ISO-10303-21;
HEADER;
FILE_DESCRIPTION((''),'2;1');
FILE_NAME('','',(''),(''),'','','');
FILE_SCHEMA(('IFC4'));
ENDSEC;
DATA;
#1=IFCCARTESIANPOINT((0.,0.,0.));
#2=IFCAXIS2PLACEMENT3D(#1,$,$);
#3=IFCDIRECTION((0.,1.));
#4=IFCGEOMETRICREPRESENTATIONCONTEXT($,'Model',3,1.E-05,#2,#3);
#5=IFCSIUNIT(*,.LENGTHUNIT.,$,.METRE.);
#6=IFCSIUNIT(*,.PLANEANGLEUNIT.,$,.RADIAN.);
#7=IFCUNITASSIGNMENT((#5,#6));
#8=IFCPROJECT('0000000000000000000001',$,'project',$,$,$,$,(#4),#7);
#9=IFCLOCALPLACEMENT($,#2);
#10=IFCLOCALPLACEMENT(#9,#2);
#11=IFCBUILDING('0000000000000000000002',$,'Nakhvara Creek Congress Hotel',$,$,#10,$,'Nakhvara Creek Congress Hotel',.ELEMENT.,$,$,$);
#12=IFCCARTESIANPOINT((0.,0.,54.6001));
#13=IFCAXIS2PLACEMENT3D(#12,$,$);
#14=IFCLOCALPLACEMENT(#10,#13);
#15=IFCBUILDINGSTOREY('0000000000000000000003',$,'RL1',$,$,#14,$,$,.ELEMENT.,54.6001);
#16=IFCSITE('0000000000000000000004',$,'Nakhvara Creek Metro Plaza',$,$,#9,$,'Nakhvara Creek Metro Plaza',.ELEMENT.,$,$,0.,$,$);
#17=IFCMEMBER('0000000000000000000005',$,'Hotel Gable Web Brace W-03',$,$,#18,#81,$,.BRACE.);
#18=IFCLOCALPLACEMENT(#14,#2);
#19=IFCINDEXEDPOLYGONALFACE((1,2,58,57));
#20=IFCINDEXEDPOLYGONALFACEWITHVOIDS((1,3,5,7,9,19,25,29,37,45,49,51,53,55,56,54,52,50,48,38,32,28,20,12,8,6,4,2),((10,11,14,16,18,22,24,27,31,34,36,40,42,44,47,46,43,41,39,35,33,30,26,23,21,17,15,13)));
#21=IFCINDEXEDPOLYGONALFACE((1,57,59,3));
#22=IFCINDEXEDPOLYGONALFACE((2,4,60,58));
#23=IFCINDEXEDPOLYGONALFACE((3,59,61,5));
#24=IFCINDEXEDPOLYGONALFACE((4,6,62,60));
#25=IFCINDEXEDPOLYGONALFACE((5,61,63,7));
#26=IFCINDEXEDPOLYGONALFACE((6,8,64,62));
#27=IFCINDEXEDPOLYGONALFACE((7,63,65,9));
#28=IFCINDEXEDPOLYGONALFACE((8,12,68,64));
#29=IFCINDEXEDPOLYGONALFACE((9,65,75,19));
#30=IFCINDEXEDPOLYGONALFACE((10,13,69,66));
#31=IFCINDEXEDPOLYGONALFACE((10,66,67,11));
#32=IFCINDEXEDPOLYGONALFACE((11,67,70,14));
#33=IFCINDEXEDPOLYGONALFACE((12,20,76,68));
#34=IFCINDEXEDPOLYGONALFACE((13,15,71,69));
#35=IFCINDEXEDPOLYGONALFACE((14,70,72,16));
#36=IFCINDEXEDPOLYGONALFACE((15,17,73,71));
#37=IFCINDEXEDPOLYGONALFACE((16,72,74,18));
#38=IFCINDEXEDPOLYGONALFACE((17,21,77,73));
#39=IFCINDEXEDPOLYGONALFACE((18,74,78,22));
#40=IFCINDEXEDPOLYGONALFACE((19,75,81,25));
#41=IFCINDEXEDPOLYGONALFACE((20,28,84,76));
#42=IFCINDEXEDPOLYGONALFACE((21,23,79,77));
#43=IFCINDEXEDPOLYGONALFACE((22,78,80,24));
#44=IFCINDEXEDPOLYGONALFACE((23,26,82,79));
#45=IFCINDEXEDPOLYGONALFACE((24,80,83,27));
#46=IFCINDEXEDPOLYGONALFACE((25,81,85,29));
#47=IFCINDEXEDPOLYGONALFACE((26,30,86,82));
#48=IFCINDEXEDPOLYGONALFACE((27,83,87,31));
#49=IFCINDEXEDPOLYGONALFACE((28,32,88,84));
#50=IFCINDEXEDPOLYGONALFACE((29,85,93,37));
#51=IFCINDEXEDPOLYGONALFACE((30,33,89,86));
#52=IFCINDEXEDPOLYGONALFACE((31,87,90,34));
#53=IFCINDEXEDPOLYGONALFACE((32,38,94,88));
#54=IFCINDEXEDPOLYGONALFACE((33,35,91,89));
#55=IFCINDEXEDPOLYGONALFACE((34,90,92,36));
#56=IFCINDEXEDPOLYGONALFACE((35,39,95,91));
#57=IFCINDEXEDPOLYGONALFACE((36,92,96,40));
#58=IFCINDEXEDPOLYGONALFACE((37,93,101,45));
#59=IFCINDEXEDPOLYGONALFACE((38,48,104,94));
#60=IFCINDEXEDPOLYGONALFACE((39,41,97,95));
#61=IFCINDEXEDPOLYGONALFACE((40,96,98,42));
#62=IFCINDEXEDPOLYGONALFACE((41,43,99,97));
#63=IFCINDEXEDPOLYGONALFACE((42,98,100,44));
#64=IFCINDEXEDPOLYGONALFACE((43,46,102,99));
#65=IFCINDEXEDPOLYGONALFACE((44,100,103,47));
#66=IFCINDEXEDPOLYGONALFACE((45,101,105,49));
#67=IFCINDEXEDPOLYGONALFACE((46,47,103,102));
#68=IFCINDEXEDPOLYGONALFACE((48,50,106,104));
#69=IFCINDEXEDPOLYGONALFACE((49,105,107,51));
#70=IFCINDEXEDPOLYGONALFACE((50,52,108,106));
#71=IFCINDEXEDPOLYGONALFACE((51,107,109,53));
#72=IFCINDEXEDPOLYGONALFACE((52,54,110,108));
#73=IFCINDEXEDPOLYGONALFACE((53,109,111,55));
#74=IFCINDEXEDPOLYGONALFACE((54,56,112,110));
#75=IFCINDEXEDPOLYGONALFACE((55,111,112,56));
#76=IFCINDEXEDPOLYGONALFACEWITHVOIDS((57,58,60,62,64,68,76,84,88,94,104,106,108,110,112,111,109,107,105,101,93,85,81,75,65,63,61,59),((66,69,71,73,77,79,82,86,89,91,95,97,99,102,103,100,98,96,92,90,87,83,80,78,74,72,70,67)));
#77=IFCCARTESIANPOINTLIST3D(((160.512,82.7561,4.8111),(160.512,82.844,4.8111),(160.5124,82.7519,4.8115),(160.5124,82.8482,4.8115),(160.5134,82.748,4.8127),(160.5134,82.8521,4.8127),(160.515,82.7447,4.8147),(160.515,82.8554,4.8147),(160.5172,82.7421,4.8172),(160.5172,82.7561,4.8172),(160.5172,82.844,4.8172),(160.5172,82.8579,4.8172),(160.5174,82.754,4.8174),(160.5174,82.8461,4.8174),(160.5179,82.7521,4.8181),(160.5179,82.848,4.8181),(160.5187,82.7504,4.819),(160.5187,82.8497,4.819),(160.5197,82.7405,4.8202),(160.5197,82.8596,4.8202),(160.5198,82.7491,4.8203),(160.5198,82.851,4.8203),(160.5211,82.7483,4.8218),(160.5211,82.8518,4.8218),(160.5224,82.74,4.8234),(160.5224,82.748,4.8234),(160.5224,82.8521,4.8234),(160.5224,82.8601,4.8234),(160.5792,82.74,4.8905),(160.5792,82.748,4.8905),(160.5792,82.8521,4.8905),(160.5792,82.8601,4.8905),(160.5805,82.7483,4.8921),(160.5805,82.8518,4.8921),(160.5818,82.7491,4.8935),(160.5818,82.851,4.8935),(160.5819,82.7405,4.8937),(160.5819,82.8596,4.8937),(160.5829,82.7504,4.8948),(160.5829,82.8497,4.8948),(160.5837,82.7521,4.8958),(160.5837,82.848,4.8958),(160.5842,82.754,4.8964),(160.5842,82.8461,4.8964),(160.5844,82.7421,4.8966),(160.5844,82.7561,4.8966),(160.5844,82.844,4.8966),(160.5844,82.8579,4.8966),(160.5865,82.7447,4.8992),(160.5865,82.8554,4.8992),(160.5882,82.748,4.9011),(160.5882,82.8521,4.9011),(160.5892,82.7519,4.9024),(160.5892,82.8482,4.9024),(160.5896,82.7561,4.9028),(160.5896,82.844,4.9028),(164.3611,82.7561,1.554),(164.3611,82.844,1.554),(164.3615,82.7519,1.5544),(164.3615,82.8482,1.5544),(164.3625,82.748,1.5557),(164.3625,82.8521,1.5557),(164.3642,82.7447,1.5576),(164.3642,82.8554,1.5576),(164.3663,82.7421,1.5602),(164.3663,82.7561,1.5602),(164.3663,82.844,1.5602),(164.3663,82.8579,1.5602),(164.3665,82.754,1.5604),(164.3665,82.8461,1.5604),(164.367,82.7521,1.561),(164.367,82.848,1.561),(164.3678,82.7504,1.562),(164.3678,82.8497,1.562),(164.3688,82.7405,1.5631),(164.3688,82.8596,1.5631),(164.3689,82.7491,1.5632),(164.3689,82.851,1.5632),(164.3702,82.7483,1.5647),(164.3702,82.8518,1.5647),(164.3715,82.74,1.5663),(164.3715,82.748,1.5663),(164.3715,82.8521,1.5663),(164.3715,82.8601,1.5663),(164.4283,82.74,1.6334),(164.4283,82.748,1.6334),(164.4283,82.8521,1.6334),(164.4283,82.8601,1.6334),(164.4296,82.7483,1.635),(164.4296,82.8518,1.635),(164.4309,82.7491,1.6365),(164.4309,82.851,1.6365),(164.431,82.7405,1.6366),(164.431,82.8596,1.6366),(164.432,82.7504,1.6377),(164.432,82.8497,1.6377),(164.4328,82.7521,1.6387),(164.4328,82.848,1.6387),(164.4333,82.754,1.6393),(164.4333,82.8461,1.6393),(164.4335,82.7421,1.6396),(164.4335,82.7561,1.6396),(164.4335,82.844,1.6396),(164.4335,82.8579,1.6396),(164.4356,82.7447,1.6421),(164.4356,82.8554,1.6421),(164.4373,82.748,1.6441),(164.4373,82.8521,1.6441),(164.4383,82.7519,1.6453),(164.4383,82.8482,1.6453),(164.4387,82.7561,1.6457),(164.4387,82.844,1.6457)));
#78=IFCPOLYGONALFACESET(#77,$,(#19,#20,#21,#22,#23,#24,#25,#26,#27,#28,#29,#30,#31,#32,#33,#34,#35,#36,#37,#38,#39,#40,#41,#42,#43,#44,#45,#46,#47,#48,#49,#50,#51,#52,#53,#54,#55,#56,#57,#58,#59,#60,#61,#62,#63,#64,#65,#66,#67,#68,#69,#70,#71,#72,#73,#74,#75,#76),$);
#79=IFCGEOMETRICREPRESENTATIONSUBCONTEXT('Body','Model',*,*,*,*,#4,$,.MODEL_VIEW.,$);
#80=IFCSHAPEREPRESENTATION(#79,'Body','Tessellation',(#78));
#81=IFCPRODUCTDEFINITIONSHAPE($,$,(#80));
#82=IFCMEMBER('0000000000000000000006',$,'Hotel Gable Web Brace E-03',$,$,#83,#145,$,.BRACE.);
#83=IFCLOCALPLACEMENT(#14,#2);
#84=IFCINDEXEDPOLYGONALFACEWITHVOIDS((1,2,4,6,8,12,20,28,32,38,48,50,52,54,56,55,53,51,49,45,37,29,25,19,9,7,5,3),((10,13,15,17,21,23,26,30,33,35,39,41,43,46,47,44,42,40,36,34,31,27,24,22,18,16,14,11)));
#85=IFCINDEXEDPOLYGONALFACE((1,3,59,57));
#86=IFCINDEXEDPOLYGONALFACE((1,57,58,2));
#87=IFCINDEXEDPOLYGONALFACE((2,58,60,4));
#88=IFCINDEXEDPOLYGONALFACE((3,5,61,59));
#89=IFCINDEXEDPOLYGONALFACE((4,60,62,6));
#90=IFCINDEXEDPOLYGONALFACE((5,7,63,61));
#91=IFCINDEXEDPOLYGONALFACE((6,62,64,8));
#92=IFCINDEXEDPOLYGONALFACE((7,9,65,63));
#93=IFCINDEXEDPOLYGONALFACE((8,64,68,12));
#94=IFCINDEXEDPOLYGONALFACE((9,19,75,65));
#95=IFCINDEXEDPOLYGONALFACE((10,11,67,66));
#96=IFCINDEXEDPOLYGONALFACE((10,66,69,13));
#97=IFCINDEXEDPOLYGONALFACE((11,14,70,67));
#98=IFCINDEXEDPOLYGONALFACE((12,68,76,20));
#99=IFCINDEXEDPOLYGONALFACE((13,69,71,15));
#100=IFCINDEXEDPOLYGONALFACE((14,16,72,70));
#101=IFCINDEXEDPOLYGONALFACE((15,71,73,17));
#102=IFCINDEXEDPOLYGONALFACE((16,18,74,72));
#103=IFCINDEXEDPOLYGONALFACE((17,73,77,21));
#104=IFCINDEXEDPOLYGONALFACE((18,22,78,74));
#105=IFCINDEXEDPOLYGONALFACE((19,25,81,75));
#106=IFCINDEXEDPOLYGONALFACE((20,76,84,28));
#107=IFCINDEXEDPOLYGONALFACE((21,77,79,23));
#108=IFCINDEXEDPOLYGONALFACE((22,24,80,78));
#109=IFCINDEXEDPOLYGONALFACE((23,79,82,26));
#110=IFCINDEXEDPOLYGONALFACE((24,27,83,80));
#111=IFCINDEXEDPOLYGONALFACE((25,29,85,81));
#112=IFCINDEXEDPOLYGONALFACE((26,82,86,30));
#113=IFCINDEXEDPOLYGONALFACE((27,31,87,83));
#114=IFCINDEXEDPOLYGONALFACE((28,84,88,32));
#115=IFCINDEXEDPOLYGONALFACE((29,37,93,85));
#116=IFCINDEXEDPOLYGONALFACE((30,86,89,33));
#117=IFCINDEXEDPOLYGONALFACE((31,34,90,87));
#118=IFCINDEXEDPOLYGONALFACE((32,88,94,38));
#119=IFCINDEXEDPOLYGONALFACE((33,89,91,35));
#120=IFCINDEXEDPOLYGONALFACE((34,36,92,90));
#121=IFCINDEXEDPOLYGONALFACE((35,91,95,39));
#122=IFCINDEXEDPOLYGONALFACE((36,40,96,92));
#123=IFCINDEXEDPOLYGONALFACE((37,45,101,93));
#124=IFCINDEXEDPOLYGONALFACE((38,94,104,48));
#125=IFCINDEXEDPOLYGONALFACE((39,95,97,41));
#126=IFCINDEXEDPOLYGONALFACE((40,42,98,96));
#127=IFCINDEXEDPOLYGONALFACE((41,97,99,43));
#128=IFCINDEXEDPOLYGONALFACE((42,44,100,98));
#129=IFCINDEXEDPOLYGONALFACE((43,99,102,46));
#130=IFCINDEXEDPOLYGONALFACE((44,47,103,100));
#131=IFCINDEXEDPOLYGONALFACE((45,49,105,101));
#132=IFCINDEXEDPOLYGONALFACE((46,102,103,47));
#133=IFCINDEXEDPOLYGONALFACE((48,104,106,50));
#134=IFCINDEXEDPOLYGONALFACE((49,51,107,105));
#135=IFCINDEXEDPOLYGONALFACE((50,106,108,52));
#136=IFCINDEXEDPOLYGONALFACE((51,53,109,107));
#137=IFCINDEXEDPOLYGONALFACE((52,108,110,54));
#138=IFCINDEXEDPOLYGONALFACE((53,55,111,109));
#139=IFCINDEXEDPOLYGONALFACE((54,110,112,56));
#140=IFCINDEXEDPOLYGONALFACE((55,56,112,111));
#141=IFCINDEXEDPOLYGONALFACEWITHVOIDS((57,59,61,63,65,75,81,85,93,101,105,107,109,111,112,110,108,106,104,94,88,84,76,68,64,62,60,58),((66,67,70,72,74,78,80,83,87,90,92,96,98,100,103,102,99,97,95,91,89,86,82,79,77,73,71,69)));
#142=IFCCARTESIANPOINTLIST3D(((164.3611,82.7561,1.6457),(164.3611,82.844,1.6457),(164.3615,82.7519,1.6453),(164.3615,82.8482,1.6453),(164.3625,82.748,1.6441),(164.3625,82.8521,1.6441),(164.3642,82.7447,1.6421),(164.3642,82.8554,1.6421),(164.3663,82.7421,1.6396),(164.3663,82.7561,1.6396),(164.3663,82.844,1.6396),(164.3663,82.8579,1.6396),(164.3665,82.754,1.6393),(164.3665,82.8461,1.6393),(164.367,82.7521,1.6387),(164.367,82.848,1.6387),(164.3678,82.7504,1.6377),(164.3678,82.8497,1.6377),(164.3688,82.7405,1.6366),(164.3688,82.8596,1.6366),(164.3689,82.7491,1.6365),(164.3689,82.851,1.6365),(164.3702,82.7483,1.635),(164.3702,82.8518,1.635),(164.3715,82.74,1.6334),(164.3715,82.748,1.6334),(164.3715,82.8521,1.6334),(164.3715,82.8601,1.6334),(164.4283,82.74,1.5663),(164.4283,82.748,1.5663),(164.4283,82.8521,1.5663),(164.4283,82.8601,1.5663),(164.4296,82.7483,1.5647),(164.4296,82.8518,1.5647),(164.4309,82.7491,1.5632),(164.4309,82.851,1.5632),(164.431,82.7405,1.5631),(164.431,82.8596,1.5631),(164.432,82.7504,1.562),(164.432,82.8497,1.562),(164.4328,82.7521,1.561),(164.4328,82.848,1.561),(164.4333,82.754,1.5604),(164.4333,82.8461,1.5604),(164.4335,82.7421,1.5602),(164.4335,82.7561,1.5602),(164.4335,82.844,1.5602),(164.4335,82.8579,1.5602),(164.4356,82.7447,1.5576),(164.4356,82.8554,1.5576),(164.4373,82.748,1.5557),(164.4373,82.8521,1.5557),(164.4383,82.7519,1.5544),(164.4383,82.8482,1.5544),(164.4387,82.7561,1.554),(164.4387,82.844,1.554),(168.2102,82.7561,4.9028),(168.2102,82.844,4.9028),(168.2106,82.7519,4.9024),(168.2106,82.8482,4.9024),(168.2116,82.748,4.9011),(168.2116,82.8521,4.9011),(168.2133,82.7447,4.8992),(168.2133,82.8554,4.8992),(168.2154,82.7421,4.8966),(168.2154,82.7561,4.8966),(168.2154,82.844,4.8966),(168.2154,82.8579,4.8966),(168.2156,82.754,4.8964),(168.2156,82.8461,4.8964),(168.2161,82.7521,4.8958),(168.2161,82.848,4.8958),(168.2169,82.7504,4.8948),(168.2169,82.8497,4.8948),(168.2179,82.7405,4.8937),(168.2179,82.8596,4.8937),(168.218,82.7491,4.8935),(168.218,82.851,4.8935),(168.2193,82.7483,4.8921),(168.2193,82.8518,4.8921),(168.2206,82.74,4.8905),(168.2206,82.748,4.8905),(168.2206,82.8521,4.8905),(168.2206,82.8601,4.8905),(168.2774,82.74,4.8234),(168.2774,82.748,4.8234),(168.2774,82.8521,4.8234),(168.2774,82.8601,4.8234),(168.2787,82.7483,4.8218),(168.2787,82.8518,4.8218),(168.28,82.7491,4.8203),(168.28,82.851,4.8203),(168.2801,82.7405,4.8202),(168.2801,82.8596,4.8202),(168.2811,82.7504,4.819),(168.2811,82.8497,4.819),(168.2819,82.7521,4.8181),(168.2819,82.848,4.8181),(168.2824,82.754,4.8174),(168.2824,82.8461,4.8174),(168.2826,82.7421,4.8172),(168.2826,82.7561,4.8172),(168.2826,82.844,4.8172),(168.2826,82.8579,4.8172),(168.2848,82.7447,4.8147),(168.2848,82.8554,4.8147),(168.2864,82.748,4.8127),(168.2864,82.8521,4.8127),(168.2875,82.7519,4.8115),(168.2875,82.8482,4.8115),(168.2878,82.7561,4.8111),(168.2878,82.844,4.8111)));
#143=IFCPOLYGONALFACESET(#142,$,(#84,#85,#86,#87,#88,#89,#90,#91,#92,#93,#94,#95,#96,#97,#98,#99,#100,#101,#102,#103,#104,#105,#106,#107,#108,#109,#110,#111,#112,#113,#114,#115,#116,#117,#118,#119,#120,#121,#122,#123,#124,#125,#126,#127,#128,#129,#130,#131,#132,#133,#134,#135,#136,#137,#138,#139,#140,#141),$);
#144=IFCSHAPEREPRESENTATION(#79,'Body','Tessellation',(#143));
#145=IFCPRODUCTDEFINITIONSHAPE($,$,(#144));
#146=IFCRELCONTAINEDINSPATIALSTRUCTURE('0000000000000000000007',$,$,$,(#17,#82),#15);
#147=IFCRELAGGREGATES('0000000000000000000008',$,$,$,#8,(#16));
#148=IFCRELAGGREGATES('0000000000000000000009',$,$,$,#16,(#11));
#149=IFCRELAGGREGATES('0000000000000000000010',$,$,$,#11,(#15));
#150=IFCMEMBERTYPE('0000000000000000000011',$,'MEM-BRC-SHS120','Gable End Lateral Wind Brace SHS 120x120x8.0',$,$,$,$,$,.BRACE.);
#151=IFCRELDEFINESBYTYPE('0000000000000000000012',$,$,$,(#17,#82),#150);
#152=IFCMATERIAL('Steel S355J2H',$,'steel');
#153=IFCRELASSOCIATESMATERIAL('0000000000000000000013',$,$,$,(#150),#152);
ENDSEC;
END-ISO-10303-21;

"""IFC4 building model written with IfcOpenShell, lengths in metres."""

from ifc_helpers import new_model, si_unit, direction, frame, origin, origin_2d, place, context, subcontext, project, spatial, hollow_rectangle, extrude, material, material_profile, profile_set, type_object, element, save


model = new_model("IFC4")

# Units and contexts
model_context = context("Model", 3, precision=1e-05, world=origin(), true_north=direction((0.0, 1.0)))
body_context = subcontext(model_context, "Body", "Model", "MODEL_VIEW")
ifc_project = project(units=[si_unit("LENGTHUNIT", "METRE"), si_unit("PLANEANGLEUNIT", "RADIAN")], contexts=[model_context])

# Site, building, storey
site_placement = place(None, origin())
site = spatial("IfcSite", under=ifc_project, at=site_placement, Name="Nakhvara Creek Metro Plaza", LongName="Nakhvara Creek Metro Plaza", CompositionType="ELEMENT", RefElevation=0.0)
building_placement = place(site_placement, origin())
building = spatial("IfcBuilding", under=site, at=building_placement, Name="Nakhvara Creek Congress Hotel", LongName="Nakhvara Creek Congress Hotel", CompositionType="ELEMENT")
storey_placement = place(building_placement, frame((0.0, 0.0, 54.6001)))
storey = spatial("IfcBuildingStorey", under=building, at=storey_placement, Name="RL1", CompositionType="ELEMENT", Elevation=54.6001)

# Members
ifc_material_1 = material(Name="Steel S355J2H", Category="steel")
ifc_material_profile_1 = material_profile(ifc_material_1, hollow_rectangle(XDim=0.1201, YDim=0.1201, WallThickness=0.0081, InnerFilletRadius=0.0081, OuterFilletRadius=0.0161, at=origin_2d()), Name="SHS 120x120x8.0", Category="LoadBearing")
ifc_profile_set_1 = profile_set([ifc_material_profile_1], Name="Steel S355J2H")
member_type_1 = type_object("IfcMemberType", Name="MEM-BRC-SHS120", Description="Gable End Lateral Wind Brace SHS 120x120x8.0", PredefinedType="BRACE", material=ifc_profile_set_1)
for number, where, z_axis, x_axis, name in (
    (1, (164.3999, 82.8, 1.5999), (-0.763373, 0.0, 0.645957), (0.0, -1.0, 0.0), "Hotel Gable Web Brace W-03"),
    (2, (164.3999, 82.8, 1.5999), (0.763373, 0.0, 0.645957), (0.0, 1.0, 0.0), "Hotel Gable Web Brace E-03"),
):
    element("IfcMember", number, at=place(storey_placement, frame(where, z_axis=z_axis, x_axis=x_axis)), inside=storey, type_object=member_type_1, Name=name, PredefinedType="BRACE", context=body_context, shape_type="SweptSolid", body=[
        extrude(hollow_rectangle(XDim=0.1201, YDim=0.1201, WallThickness=0.0081, InnerFilletRadius=0.0081, OuterFilletRadius=0.0161, at=origin_2d()), origin(), (0.0, 0.0, 1.0), 5.0422),
    ])

save(model, "model.ifc")
